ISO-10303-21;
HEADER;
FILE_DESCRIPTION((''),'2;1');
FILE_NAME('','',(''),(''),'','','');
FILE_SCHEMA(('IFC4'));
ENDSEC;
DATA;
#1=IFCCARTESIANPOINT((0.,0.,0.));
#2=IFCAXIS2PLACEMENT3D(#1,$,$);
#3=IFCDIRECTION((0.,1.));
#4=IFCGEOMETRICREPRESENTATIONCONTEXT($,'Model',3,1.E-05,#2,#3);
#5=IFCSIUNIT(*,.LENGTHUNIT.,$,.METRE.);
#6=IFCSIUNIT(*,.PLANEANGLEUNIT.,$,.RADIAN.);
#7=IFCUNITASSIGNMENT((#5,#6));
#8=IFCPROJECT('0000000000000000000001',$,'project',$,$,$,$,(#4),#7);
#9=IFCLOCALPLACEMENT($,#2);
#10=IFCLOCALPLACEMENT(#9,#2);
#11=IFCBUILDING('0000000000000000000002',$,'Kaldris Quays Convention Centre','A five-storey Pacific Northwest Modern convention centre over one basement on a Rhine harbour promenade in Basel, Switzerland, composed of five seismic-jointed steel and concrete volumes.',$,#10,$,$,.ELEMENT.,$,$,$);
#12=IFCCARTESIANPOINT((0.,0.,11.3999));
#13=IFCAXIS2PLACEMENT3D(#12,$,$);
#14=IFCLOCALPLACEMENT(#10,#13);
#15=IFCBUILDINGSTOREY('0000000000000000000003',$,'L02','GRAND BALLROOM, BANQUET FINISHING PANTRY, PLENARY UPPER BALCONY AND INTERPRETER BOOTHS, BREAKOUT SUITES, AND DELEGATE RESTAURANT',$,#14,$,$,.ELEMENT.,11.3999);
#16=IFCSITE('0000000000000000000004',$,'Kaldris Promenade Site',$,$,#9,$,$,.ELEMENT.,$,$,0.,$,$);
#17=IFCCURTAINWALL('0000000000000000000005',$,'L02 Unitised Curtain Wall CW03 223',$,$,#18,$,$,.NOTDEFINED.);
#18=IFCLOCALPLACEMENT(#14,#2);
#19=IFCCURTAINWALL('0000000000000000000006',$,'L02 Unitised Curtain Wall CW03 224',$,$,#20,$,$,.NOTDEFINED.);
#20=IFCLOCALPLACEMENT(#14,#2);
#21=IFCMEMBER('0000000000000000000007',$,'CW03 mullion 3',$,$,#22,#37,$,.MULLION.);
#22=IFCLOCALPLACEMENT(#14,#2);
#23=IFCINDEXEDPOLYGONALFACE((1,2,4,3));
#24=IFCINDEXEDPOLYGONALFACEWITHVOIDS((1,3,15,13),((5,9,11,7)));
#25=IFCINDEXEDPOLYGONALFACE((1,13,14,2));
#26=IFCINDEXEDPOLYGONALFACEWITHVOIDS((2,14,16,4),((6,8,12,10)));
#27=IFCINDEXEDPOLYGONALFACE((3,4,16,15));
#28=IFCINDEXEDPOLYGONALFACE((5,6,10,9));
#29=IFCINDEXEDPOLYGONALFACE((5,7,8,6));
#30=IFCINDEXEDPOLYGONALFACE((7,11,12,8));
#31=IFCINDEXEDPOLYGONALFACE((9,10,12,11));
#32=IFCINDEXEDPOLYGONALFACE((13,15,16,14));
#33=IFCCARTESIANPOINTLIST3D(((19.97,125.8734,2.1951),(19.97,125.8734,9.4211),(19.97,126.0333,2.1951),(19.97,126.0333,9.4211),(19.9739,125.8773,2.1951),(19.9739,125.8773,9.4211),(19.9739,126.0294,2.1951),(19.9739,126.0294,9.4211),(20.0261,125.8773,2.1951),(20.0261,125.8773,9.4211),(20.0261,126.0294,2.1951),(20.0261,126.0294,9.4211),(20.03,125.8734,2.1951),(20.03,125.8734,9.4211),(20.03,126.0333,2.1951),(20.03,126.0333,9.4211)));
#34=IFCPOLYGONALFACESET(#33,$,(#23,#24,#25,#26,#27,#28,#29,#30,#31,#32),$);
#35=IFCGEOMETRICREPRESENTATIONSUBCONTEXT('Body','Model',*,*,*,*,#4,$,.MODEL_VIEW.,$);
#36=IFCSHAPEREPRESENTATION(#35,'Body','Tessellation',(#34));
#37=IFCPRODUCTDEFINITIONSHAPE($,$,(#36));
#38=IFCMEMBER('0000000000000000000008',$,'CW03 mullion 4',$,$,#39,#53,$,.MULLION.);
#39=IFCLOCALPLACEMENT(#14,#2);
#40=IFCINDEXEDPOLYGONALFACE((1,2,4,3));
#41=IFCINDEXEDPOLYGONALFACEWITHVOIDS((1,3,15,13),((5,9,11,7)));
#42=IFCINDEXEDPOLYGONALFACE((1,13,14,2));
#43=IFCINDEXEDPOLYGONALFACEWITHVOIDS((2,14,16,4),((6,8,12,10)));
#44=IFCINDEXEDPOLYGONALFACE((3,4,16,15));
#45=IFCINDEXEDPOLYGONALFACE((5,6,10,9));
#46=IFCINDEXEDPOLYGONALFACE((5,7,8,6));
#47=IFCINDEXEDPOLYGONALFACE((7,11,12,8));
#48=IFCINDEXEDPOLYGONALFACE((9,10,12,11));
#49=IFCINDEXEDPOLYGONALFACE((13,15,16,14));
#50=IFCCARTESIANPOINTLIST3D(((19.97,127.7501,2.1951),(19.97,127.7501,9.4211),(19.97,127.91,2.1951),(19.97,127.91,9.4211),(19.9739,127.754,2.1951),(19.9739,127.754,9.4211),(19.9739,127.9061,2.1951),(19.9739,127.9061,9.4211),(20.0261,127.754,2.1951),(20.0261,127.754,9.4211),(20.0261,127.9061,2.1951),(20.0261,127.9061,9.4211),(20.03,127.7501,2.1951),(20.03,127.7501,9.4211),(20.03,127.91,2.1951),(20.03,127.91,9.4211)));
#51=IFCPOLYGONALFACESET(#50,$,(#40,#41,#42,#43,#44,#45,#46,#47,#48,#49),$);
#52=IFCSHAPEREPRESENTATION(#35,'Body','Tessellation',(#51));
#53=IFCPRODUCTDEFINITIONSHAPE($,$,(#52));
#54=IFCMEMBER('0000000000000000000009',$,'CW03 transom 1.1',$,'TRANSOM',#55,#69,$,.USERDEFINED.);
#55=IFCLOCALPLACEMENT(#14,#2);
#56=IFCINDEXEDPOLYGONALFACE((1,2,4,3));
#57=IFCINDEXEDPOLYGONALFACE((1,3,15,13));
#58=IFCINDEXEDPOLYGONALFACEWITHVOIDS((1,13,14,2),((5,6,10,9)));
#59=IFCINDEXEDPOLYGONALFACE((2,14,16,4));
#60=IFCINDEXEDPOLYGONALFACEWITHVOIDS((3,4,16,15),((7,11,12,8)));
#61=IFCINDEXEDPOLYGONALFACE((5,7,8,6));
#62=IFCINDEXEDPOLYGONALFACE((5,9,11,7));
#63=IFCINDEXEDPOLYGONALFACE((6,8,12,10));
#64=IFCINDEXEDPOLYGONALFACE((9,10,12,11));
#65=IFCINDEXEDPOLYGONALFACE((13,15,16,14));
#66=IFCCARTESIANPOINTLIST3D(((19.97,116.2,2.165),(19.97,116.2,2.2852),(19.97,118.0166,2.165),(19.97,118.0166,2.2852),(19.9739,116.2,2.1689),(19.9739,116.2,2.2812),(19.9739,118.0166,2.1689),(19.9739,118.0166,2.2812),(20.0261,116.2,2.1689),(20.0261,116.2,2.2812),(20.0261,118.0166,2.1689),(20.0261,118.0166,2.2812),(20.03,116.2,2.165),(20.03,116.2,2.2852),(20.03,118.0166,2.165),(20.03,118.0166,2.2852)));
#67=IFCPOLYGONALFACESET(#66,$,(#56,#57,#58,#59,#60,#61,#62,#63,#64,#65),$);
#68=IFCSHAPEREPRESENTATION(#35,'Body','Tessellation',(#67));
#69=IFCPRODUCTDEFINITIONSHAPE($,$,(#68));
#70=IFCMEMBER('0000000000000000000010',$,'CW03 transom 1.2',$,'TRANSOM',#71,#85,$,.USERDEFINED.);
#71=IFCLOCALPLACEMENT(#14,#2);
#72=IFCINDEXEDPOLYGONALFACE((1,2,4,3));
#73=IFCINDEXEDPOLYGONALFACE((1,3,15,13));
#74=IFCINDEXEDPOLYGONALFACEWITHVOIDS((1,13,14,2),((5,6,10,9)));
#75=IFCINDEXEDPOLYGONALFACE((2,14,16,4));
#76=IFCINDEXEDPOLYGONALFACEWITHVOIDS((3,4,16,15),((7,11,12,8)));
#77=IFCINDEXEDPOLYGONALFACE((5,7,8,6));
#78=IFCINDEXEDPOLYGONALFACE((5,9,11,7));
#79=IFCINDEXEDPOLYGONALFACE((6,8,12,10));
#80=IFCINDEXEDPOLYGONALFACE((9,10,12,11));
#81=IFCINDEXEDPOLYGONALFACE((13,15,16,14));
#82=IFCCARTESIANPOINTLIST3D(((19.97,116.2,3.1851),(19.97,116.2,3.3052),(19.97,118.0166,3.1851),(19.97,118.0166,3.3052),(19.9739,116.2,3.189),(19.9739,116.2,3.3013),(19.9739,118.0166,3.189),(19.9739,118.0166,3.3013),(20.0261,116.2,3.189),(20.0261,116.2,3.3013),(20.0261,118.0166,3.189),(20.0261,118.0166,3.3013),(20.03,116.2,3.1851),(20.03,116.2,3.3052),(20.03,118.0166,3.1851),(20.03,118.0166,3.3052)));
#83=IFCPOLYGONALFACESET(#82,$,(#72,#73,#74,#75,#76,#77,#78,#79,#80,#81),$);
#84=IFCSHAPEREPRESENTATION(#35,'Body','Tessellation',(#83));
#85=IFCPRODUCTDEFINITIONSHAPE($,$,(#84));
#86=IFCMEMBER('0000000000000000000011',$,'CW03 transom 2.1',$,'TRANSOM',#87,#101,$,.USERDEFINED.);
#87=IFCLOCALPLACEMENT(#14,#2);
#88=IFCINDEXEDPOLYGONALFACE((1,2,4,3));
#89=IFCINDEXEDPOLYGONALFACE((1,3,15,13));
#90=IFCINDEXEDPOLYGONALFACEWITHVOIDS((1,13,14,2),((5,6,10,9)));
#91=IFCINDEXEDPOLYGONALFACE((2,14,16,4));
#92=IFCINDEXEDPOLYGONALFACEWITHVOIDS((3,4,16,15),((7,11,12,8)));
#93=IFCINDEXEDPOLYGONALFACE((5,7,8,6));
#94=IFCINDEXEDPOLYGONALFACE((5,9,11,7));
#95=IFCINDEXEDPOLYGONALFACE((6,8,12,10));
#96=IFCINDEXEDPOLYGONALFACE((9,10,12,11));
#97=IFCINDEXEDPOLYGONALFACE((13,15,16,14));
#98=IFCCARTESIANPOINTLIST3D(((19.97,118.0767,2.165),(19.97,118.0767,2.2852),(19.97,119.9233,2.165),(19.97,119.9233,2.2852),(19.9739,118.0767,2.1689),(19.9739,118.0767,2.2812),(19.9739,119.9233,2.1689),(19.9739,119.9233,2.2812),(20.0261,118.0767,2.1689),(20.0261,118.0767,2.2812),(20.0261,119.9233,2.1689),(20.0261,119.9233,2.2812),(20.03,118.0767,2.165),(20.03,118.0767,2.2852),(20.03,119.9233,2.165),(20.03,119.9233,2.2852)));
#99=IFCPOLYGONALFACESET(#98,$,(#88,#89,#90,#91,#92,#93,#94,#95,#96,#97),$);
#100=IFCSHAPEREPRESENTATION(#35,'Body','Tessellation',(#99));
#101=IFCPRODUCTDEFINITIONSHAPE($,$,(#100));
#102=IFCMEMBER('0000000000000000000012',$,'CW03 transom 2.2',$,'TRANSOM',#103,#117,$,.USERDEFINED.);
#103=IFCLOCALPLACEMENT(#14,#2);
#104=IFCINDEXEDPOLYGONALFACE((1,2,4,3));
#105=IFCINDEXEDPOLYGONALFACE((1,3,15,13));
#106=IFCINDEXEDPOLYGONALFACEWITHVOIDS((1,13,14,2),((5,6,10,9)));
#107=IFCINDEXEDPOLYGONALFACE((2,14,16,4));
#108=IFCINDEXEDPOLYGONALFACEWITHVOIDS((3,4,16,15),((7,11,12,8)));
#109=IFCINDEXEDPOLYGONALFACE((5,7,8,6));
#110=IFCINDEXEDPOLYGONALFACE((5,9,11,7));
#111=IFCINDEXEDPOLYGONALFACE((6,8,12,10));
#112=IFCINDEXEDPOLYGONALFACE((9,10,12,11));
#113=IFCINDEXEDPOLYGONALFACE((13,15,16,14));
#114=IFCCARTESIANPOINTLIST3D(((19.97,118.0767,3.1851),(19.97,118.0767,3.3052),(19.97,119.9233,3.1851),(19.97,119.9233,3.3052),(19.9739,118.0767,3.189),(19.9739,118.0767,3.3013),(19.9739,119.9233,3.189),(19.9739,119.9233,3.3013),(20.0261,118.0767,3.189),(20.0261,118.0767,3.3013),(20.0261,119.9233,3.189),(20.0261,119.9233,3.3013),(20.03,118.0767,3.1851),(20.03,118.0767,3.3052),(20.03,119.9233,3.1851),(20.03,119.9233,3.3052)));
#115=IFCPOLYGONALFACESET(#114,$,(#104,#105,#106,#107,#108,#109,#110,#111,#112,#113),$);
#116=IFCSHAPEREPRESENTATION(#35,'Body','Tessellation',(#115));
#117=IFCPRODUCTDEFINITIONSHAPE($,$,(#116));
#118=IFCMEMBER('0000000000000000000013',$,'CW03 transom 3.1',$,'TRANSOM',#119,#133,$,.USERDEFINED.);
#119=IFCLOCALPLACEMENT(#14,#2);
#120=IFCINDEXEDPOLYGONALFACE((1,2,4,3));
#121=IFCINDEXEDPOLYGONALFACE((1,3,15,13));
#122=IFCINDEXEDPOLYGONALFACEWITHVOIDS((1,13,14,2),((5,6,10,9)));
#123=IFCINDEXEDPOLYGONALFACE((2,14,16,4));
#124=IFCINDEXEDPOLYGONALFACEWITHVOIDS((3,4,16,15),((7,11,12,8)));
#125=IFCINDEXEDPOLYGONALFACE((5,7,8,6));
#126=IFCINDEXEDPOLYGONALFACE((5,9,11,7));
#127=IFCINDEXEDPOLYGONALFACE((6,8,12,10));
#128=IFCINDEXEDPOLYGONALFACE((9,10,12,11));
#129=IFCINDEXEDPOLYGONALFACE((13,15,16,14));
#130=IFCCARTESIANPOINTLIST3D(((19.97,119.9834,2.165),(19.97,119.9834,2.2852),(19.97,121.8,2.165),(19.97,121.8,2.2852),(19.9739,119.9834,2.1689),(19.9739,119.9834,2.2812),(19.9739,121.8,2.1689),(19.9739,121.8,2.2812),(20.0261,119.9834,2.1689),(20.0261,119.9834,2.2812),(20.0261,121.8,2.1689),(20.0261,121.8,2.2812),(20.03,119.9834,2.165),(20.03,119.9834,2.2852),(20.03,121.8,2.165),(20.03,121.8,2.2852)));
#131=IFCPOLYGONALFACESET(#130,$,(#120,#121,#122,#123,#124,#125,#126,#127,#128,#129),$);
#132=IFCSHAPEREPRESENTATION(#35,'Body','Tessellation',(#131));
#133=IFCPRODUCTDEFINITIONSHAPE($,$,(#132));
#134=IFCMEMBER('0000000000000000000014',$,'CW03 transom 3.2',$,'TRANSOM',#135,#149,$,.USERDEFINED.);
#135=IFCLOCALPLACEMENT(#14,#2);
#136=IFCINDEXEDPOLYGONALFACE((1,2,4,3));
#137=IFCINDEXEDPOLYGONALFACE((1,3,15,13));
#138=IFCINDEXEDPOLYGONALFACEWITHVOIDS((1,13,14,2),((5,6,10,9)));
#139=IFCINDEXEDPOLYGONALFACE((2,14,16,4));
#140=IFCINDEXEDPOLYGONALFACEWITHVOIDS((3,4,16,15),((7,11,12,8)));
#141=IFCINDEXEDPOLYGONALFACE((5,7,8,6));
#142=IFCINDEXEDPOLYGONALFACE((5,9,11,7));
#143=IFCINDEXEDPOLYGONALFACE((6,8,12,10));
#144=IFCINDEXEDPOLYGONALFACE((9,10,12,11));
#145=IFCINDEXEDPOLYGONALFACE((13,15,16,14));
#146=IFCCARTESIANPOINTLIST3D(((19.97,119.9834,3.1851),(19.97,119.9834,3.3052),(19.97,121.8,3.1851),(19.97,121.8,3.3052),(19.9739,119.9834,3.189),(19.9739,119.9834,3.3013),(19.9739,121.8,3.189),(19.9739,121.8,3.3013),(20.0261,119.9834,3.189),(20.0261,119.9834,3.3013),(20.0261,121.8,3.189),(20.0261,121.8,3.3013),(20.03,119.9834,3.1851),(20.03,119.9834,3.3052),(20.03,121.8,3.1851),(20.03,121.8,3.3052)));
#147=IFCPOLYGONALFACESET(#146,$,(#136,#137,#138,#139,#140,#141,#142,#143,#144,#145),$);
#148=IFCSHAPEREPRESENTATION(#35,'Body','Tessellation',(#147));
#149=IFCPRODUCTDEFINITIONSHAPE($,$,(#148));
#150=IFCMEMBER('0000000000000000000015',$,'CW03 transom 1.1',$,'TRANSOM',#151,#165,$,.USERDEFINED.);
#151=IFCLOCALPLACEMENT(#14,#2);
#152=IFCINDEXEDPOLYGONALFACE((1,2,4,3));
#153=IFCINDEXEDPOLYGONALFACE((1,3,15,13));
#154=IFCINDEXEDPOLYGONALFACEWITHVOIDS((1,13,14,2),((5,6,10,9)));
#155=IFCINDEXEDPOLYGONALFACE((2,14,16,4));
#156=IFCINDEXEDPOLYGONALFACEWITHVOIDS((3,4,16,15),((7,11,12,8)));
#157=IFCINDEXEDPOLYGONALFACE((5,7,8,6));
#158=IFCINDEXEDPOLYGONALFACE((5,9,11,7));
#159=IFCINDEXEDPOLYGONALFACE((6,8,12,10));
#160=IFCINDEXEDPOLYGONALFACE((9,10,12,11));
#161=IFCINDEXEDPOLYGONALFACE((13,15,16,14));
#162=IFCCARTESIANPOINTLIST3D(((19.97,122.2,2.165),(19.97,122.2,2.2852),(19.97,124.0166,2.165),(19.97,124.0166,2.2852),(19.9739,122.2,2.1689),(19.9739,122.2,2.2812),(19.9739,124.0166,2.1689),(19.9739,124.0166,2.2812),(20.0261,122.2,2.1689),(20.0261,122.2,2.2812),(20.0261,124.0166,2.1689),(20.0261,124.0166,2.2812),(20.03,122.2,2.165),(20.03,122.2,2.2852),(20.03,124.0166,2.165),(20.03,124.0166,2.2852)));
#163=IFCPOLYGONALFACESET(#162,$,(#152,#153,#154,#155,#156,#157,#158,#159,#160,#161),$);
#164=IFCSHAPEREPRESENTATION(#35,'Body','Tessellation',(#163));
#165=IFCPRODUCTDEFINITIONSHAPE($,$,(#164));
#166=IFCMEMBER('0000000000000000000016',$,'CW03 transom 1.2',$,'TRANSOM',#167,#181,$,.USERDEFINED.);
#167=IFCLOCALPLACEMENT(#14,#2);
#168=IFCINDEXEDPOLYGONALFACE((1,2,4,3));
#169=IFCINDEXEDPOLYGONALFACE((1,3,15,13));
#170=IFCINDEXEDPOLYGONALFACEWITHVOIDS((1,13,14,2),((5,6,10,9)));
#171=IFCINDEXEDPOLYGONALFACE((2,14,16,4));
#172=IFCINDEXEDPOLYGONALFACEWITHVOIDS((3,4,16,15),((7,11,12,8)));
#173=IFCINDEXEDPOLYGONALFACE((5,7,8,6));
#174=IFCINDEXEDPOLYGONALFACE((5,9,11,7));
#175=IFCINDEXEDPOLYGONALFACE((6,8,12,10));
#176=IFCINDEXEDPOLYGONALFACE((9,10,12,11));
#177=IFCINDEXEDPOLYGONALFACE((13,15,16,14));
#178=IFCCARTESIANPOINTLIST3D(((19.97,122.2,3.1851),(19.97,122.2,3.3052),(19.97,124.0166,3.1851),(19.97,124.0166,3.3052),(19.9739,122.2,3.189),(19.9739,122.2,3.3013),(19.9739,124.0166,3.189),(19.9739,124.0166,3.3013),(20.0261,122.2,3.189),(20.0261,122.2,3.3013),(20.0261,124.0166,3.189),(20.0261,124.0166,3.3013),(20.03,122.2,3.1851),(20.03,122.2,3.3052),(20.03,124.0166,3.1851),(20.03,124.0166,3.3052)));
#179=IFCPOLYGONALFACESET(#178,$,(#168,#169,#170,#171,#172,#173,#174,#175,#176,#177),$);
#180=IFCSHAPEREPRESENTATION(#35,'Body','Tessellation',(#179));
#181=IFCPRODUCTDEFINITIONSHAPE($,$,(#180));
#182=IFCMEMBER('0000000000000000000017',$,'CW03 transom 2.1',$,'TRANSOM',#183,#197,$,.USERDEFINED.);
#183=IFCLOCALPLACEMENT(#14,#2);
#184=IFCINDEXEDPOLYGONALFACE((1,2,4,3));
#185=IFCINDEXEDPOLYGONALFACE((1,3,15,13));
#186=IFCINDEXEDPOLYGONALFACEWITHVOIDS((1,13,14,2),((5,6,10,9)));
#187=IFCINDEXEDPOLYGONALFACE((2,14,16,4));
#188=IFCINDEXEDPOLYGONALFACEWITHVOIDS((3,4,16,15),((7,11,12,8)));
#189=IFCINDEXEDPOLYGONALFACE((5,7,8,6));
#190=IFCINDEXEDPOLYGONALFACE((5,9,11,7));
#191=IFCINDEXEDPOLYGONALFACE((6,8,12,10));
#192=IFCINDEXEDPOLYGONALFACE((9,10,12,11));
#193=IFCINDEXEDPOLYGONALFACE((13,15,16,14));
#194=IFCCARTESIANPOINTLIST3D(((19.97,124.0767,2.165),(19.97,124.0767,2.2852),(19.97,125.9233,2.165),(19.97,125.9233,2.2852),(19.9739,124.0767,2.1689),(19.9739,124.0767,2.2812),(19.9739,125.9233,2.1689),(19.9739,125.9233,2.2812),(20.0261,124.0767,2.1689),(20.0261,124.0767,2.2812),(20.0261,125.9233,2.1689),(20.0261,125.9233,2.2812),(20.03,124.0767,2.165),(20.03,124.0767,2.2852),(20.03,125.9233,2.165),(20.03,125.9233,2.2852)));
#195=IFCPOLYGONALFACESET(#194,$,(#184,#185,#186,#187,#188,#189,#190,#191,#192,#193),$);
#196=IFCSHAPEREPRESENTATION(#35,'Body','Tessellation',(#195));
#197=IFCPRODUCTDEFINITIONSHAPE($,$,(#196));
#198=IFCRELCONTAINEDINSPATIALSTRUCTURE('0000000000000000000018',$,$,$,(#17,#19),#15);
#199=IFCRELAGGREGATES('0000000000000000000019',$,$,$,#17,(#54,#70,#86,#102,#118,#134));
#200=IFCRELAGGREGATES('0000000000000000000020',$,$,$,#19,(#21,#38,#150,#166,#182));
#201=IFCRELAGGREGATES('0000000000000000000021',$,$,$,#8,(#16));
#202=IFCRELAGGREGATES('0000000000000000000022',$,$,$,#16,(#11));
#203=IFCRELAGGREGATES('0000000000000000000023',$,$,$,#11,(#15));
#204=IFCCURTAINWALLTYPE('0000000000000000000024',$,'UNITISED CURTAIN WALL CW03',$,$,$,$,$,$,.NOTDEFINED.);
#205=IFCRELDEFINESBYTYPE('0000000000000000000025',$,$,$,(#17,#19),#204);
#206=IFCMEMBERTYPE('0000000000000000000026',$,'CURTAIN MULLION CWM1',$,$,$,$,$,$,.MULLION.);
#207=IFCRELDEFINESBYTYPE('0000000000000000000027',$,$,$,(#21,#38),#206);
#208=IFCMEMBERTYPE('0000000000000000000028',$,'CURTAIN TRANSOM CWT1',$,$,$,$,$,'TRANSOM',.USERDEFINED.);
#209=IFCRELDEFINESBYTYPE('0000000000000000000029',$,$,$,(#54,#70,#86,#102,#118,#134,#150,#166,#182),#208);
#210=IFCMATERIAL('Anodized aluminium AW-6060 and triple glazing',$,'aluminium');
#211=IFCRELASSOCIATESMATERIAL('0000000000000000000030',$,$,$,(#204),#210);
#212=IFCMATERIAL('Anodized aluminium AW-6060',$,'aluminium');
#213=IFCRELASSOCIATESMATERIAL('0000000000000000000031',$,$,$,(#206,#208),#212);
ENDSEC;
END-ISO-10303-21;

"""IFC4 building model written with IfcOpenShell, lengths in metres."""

from ifc_helpers import new_model, si_unit, direction, frame, origin, origin_2d, place, context, subcontext, project, spatial, hollow_rectangle, extrude, material, material_profile, profile_set, type_object, element, aggregate, save


model = new_model("IFC4")

# Units and contexts
model_context = context("Model", 3, precision=1e-05, world=origin(), true_north=direction((0.0, 1.0)))
body_context = subcontext(model_context, "Body", "Model", "MODEL_VIEW")
ifc_project = project(units=[si_unit("LENGTHUNIT", "METRE"), si_unit("PLANEANGLEUNIT", "RADIAN")], contexts=[model_context])

# Site, building, storey
site_placement = place(None, origin())
site = spatial("IfcSite", under=ifc_project, at=site_placement, Name="Kaldris Promenade Site", CompositionType="ELEMENT", RefElevation=0.0)
building_placement = place(site_placement, origin())
building = spatial("IfcBuilding", under=site, at=building_placement, Name="Kaldris Quays Convention Centre", Description="A five-storey Pacific Northwest Modern convention centre over one basement on a Rhine harbour promenade in Basel, Switzerland, composed of five seismic-jointed steel and concrete volumes.", CompositionType="ELEMENT")
storey_placement = place(building_placement, frame((0.0, 0.0, 11.3999)))
storey = spatial("IfcBuildingStorey", under=building, at=storey_placement, Name="L02", Description="GRAND BALLROOM, BANQUET FINISHING PANTRY, PLENARY UPPER BALCONY AND INTERPRETER BOOTHS, BREAKOUT SUITES, AND DELEGATE RESTAURANT", CompositionType="ELEMENT", Elevation=11.3999)

# Curtain walls, members
ifc_material_1 = material(Name="Anodized aluminium AW-6060 and triple glazing", Category="aluminium")
curtain_wall_type = type_object("IfcCurtainWallType", Name="UNITISED CURTAIN WALL CW03", PredefinedType="NOTDEFINED", material=ifc_material_1)
curtain_wall_1_placement = place(storey_placement, origin())
curtain_wall_1 = element("IfcCurtainWall", 1, at=curtain_wall_1_placement, inside=storey, type_object=curtain_wall_type, Name="L02 Unitised Curtain Wall CW03 223", PredefinedType="NOTDEFINED")
ifc_material_2 = material(Name="Anodized aluminium AW-6060", Category="aluminium")
ifc_material_profile_1 = material_profile(ifc_material_2, hollow_rectangle(XDim=0.0601, YDim=0.1599, WallThickness=0.0039, at=origin_2d()), Name="RHS 160x60x4")
ifc_profile_set_1 = profile_set([ifc_material_profile_1], Name="Anodized aluminium AW-6060")
member_type_1 = type_object("IfcMemberType", Name="CURTAIN MULLION CWM1", PredefinedType="MULLION", material=ifc_profile_set_1)
curtain_wall_2_placement = place(storey_placement, origin())
curtain_wall_2 = element("IfcCurtainWall", 2, at=curtain_wall_2_placement, inside=storey, type_object=curtain_wall_type, Name="L02 Unitised Curtain Wall CW03 224", PredefinedType="NOTDEFINED")
member_1_placement = place(storey_placement, frame((20.0, 125.9534, 2.1951), z_axis=(0.0, 0.0, 1.0), x_axis=(-1.0, 0.0, 0.0)))
member_1 = element("IfcMember", 3, at=member_1_placement, type_object=member_type_1, Name="CW03 mullion 3", PredefinedType="MULLION", context=body_context, shape_type="SweptSolid", body=[
    extrude(hollow_rectangle(XDim=0.0601, YDim=0.1599, WallThickness=0.0039, at=origin_2d()), origin(), (0.0, 0.0, 1.0), 7.2261),
])
member_2_placement = place(storey_placement, frame((20.0, 127.8301, 2.1951), z_axis=(0.0, 0.0, 1.0), x_axis=(-1.0, 0.0, 0.0)))
member_2 = element("IfcMember", 4, at=member_2_placement, type_object=member_type_1, Name="CW03 mullion 4", PredefinedType="MULLION", context=body_context, shape_type="SweptSolid", body=[
    extrude(hollow_rectangle(XDim=0.0601, YDim=0.1599, WallThickness=0.0039, at=origin_2d()), origin(), (0.0, 0.0, 1.0), 7.2261),
])

# Members
ifc_material_profile_2 = material_profile(ifc_material_2, hollow_rectangle(XDim=0.0601, YDim=0.1201, WallThickness=0.0039, at=origin_2d()), Name="RHS 120x60x4")
ifc_profile_set_2 = profile_set([ifc_material_profile_2], Name="Anodized aluminium AW-6060")
member_type_2 = type_object("IfcMemberType", Name="CURTAIN TRANSOM CWT1", ElementType="TRANSOM", PredefinedType="USERDEFINED", material=ifc_profile_set_2)
member_3_placement = place(storey_placement, frame((20.0, 116.2, 2.2251), z_axis=(0.0, 1.0, 0.0), x_axis=(-1.0, 0.0, 0.0)))
member_3 = element("IfcMember", 5, at=member_3_placement, type_object=member_type_2, Name="CW03 transom 1.1", ObjectType="TRANSOM", PredefinedType="USERDEFINED", context=body_context, shape_type="SweptSolid", body=[
    extrude(hollow_rectangle(XDim=0.0601, YDim=0.1201, WallThickness=0.0039, at=origin_2d()), origin(), (0.0, 0.0, 1.0), 1.8167),
])
member_4_placement = place(storey_placement, frame((20.0, 116.2, 3.2451), z_axis=(0.0, 1.0, 0.0), x_axis=(-1.0, 0.0, 0.0)))
member_4 = element("IfcMember", 6, at=member_4_placement, type_object=member_type_2, Name="CW03 transom 1.2", ObjectType="TRANSOM", PredefinedType="USERDEFINED", context=body_context, shape_type="SweptSolid", body=[
    extrude(hollow_rectangle(XDim=0.0601, YDim=0.1201, WallThickness=0.0039, at=origin_2d()), origin(), (0.0, 0.0, 1.0), 1.8167),
])
member_5_placement = place(storey_placement, frame((20.0, 118.0767, 2.2251), z_axis=(0.0, 1.0, 0.0), x_axis=(-1.0, 0.0, 0.0)))
member_5 = element("IfcMember", 7, at=member_5_placement, type_object=member_type_2, Name="CW03 transom 2.1", ObjectType="TRANSOM", PredefinedType="USERDEFINED", context=body_context, shape_type="SweptSolid", body=[
    extrude(hollow_rectangle(XDim=0.0601, YDim=0.1201, WallThickness=0.0039, at=origin_2d()), origin(), (0.0, 0.0, 1.0), 1.8467),
])
member_6_placement = place(storey_placement, frame((20.0, 118.0767, 3.2451), z_axis=(0.0, 1.0, 0.0), x_axis=(-1.0, 0.0, 0.0)))
member_6 = element("IfcMember", 8, at=member_6_placement, type_object=member_type_2, Name="CW03 transom 2.2", ObjectType="TRANSOM", PredefinedType="USERDEFINED", context=body_context, shape_type="SweptSolid", body=[
    extrude(hollow_rectangle(XDim=0.0601, YDim=0.1201, WallThickness=0.0039, at=origin_2d()), origin(), (0.0, 0.0, 1.0), 1.8467),
])
member_7_placement = place(storey_placement, frame((20.0, 119.9834, 2.2251), z_axis=(0.0, 1.0, 0.0), x_axis=(-1.0, 0.0, 0.0)))
member_7 = element("IfcMember", 9, at=member_7_placement, type_object=member_type_2, Name="CW03 transom 3.1", ObjectType="TRANSOM", PredefinedType="USERDEFINED", context=body_context, shape_type="SweptSolid", body=[
    extrude(hollow_rectangle(XDim=0.0601, YDim=0.1201, WallThickness=0.0039, at=origin_2d()), origin(), (0.0, 0.0, 1.0), 1.8167),
])
member_8_placement = place(storey_placement, frame((20.0, 119.9834, 3.2451), z_axis=(0.0, 1.0, 0.0), x_axis=(-1.0, 0.0, 0.0)))
member_8 = element("IfcMember", 10, at=member_8_placement, type_object=member_type_2, Name="CW03 transom 3.2", ObjectType="TRANSOM", PredefinedType="USERDEFINED", context=body_context, shape_type="SweptSolid", body=[
    extrude(hollow_rectangle(XDim=0.0601, YDim=0.1201, WallThickness=0.0039, at=origin_2d()), origin(), (0.0, 0.0, 1.0), 1.8167),
])
member_9_placement = place(storey_placement, frame((20.0, 122.2, 2.2251), z_axis=(0.0, 1.0, 0.0), x_axis=(-1.0, 0.0, 0.0)))
member_9 = element("IfcMember", 11, at=member_9_placement, type_object=member_type_2, Name="CW03 transom 1.1", ObjectType="TRANSOM", PredefinedType="USERDEFINED", context=body_context, shape_type="SweptSolid", body=[
    extrude(hollow_rectangle(XDim=0.0601, YDim=0.1201, WallThickness=0.0039, at=origin_2d()), origin(), (0.0, 0.0, 1.0), 1.8167),
])
member_10_placement = place(storey_placement, frame((20.0, 122.2, 3.2451), z_axis=(0.0, 1.0, 0.0), x_axis=(-1.0, 0.0, 0.0)))
member_10 = element("IfcMember", 12, at=member_10_placement, type_object=member_type_2, Name="CW03 transom 1.2", ObjectType="TRANSOM", PredefinedType="USERDEFINED", context=body_context, shape_type="SweptSolid", body=[
    extrude(hollow_rectangle(XDim=0.0601, YDim=0.1201, WallThickness=0.0039, at=origin_2d()), origin(), (0.0, 0.0, 1.0), 1.8167),
])
member_11_placement = place(storey_placement, frame((20.0, 124.0767, 2.2251), z_axis=(0.0, 1.0, 0.0), x_axis=(-1.0, 0.0, 0.0)))
member_11 = element("IfcMember", 13, at=member_11_placement, type_object=member_type_2, Name="CW03 transom 2.1", ObjectType="TRANSOM", PredefinedType="USERDEFINED", context=body_context, shape_type="SweptSolid", body=[
    extrude(hollow_rectangle(XDim=0.0601, YDim=0.1201, WallThickness=0.0039, at=origin_2d()), origin(), (0.0, 0.0, 1.0), 1.8467),
])

aggregate(curtain_wall_1, [member_3, member_4, member_5, member_6, member_7, member_8])
aggregate(curtain_wall_2, [member_1, member_2, member_9, member_10, member_11])

save(model, "model.ifc")
